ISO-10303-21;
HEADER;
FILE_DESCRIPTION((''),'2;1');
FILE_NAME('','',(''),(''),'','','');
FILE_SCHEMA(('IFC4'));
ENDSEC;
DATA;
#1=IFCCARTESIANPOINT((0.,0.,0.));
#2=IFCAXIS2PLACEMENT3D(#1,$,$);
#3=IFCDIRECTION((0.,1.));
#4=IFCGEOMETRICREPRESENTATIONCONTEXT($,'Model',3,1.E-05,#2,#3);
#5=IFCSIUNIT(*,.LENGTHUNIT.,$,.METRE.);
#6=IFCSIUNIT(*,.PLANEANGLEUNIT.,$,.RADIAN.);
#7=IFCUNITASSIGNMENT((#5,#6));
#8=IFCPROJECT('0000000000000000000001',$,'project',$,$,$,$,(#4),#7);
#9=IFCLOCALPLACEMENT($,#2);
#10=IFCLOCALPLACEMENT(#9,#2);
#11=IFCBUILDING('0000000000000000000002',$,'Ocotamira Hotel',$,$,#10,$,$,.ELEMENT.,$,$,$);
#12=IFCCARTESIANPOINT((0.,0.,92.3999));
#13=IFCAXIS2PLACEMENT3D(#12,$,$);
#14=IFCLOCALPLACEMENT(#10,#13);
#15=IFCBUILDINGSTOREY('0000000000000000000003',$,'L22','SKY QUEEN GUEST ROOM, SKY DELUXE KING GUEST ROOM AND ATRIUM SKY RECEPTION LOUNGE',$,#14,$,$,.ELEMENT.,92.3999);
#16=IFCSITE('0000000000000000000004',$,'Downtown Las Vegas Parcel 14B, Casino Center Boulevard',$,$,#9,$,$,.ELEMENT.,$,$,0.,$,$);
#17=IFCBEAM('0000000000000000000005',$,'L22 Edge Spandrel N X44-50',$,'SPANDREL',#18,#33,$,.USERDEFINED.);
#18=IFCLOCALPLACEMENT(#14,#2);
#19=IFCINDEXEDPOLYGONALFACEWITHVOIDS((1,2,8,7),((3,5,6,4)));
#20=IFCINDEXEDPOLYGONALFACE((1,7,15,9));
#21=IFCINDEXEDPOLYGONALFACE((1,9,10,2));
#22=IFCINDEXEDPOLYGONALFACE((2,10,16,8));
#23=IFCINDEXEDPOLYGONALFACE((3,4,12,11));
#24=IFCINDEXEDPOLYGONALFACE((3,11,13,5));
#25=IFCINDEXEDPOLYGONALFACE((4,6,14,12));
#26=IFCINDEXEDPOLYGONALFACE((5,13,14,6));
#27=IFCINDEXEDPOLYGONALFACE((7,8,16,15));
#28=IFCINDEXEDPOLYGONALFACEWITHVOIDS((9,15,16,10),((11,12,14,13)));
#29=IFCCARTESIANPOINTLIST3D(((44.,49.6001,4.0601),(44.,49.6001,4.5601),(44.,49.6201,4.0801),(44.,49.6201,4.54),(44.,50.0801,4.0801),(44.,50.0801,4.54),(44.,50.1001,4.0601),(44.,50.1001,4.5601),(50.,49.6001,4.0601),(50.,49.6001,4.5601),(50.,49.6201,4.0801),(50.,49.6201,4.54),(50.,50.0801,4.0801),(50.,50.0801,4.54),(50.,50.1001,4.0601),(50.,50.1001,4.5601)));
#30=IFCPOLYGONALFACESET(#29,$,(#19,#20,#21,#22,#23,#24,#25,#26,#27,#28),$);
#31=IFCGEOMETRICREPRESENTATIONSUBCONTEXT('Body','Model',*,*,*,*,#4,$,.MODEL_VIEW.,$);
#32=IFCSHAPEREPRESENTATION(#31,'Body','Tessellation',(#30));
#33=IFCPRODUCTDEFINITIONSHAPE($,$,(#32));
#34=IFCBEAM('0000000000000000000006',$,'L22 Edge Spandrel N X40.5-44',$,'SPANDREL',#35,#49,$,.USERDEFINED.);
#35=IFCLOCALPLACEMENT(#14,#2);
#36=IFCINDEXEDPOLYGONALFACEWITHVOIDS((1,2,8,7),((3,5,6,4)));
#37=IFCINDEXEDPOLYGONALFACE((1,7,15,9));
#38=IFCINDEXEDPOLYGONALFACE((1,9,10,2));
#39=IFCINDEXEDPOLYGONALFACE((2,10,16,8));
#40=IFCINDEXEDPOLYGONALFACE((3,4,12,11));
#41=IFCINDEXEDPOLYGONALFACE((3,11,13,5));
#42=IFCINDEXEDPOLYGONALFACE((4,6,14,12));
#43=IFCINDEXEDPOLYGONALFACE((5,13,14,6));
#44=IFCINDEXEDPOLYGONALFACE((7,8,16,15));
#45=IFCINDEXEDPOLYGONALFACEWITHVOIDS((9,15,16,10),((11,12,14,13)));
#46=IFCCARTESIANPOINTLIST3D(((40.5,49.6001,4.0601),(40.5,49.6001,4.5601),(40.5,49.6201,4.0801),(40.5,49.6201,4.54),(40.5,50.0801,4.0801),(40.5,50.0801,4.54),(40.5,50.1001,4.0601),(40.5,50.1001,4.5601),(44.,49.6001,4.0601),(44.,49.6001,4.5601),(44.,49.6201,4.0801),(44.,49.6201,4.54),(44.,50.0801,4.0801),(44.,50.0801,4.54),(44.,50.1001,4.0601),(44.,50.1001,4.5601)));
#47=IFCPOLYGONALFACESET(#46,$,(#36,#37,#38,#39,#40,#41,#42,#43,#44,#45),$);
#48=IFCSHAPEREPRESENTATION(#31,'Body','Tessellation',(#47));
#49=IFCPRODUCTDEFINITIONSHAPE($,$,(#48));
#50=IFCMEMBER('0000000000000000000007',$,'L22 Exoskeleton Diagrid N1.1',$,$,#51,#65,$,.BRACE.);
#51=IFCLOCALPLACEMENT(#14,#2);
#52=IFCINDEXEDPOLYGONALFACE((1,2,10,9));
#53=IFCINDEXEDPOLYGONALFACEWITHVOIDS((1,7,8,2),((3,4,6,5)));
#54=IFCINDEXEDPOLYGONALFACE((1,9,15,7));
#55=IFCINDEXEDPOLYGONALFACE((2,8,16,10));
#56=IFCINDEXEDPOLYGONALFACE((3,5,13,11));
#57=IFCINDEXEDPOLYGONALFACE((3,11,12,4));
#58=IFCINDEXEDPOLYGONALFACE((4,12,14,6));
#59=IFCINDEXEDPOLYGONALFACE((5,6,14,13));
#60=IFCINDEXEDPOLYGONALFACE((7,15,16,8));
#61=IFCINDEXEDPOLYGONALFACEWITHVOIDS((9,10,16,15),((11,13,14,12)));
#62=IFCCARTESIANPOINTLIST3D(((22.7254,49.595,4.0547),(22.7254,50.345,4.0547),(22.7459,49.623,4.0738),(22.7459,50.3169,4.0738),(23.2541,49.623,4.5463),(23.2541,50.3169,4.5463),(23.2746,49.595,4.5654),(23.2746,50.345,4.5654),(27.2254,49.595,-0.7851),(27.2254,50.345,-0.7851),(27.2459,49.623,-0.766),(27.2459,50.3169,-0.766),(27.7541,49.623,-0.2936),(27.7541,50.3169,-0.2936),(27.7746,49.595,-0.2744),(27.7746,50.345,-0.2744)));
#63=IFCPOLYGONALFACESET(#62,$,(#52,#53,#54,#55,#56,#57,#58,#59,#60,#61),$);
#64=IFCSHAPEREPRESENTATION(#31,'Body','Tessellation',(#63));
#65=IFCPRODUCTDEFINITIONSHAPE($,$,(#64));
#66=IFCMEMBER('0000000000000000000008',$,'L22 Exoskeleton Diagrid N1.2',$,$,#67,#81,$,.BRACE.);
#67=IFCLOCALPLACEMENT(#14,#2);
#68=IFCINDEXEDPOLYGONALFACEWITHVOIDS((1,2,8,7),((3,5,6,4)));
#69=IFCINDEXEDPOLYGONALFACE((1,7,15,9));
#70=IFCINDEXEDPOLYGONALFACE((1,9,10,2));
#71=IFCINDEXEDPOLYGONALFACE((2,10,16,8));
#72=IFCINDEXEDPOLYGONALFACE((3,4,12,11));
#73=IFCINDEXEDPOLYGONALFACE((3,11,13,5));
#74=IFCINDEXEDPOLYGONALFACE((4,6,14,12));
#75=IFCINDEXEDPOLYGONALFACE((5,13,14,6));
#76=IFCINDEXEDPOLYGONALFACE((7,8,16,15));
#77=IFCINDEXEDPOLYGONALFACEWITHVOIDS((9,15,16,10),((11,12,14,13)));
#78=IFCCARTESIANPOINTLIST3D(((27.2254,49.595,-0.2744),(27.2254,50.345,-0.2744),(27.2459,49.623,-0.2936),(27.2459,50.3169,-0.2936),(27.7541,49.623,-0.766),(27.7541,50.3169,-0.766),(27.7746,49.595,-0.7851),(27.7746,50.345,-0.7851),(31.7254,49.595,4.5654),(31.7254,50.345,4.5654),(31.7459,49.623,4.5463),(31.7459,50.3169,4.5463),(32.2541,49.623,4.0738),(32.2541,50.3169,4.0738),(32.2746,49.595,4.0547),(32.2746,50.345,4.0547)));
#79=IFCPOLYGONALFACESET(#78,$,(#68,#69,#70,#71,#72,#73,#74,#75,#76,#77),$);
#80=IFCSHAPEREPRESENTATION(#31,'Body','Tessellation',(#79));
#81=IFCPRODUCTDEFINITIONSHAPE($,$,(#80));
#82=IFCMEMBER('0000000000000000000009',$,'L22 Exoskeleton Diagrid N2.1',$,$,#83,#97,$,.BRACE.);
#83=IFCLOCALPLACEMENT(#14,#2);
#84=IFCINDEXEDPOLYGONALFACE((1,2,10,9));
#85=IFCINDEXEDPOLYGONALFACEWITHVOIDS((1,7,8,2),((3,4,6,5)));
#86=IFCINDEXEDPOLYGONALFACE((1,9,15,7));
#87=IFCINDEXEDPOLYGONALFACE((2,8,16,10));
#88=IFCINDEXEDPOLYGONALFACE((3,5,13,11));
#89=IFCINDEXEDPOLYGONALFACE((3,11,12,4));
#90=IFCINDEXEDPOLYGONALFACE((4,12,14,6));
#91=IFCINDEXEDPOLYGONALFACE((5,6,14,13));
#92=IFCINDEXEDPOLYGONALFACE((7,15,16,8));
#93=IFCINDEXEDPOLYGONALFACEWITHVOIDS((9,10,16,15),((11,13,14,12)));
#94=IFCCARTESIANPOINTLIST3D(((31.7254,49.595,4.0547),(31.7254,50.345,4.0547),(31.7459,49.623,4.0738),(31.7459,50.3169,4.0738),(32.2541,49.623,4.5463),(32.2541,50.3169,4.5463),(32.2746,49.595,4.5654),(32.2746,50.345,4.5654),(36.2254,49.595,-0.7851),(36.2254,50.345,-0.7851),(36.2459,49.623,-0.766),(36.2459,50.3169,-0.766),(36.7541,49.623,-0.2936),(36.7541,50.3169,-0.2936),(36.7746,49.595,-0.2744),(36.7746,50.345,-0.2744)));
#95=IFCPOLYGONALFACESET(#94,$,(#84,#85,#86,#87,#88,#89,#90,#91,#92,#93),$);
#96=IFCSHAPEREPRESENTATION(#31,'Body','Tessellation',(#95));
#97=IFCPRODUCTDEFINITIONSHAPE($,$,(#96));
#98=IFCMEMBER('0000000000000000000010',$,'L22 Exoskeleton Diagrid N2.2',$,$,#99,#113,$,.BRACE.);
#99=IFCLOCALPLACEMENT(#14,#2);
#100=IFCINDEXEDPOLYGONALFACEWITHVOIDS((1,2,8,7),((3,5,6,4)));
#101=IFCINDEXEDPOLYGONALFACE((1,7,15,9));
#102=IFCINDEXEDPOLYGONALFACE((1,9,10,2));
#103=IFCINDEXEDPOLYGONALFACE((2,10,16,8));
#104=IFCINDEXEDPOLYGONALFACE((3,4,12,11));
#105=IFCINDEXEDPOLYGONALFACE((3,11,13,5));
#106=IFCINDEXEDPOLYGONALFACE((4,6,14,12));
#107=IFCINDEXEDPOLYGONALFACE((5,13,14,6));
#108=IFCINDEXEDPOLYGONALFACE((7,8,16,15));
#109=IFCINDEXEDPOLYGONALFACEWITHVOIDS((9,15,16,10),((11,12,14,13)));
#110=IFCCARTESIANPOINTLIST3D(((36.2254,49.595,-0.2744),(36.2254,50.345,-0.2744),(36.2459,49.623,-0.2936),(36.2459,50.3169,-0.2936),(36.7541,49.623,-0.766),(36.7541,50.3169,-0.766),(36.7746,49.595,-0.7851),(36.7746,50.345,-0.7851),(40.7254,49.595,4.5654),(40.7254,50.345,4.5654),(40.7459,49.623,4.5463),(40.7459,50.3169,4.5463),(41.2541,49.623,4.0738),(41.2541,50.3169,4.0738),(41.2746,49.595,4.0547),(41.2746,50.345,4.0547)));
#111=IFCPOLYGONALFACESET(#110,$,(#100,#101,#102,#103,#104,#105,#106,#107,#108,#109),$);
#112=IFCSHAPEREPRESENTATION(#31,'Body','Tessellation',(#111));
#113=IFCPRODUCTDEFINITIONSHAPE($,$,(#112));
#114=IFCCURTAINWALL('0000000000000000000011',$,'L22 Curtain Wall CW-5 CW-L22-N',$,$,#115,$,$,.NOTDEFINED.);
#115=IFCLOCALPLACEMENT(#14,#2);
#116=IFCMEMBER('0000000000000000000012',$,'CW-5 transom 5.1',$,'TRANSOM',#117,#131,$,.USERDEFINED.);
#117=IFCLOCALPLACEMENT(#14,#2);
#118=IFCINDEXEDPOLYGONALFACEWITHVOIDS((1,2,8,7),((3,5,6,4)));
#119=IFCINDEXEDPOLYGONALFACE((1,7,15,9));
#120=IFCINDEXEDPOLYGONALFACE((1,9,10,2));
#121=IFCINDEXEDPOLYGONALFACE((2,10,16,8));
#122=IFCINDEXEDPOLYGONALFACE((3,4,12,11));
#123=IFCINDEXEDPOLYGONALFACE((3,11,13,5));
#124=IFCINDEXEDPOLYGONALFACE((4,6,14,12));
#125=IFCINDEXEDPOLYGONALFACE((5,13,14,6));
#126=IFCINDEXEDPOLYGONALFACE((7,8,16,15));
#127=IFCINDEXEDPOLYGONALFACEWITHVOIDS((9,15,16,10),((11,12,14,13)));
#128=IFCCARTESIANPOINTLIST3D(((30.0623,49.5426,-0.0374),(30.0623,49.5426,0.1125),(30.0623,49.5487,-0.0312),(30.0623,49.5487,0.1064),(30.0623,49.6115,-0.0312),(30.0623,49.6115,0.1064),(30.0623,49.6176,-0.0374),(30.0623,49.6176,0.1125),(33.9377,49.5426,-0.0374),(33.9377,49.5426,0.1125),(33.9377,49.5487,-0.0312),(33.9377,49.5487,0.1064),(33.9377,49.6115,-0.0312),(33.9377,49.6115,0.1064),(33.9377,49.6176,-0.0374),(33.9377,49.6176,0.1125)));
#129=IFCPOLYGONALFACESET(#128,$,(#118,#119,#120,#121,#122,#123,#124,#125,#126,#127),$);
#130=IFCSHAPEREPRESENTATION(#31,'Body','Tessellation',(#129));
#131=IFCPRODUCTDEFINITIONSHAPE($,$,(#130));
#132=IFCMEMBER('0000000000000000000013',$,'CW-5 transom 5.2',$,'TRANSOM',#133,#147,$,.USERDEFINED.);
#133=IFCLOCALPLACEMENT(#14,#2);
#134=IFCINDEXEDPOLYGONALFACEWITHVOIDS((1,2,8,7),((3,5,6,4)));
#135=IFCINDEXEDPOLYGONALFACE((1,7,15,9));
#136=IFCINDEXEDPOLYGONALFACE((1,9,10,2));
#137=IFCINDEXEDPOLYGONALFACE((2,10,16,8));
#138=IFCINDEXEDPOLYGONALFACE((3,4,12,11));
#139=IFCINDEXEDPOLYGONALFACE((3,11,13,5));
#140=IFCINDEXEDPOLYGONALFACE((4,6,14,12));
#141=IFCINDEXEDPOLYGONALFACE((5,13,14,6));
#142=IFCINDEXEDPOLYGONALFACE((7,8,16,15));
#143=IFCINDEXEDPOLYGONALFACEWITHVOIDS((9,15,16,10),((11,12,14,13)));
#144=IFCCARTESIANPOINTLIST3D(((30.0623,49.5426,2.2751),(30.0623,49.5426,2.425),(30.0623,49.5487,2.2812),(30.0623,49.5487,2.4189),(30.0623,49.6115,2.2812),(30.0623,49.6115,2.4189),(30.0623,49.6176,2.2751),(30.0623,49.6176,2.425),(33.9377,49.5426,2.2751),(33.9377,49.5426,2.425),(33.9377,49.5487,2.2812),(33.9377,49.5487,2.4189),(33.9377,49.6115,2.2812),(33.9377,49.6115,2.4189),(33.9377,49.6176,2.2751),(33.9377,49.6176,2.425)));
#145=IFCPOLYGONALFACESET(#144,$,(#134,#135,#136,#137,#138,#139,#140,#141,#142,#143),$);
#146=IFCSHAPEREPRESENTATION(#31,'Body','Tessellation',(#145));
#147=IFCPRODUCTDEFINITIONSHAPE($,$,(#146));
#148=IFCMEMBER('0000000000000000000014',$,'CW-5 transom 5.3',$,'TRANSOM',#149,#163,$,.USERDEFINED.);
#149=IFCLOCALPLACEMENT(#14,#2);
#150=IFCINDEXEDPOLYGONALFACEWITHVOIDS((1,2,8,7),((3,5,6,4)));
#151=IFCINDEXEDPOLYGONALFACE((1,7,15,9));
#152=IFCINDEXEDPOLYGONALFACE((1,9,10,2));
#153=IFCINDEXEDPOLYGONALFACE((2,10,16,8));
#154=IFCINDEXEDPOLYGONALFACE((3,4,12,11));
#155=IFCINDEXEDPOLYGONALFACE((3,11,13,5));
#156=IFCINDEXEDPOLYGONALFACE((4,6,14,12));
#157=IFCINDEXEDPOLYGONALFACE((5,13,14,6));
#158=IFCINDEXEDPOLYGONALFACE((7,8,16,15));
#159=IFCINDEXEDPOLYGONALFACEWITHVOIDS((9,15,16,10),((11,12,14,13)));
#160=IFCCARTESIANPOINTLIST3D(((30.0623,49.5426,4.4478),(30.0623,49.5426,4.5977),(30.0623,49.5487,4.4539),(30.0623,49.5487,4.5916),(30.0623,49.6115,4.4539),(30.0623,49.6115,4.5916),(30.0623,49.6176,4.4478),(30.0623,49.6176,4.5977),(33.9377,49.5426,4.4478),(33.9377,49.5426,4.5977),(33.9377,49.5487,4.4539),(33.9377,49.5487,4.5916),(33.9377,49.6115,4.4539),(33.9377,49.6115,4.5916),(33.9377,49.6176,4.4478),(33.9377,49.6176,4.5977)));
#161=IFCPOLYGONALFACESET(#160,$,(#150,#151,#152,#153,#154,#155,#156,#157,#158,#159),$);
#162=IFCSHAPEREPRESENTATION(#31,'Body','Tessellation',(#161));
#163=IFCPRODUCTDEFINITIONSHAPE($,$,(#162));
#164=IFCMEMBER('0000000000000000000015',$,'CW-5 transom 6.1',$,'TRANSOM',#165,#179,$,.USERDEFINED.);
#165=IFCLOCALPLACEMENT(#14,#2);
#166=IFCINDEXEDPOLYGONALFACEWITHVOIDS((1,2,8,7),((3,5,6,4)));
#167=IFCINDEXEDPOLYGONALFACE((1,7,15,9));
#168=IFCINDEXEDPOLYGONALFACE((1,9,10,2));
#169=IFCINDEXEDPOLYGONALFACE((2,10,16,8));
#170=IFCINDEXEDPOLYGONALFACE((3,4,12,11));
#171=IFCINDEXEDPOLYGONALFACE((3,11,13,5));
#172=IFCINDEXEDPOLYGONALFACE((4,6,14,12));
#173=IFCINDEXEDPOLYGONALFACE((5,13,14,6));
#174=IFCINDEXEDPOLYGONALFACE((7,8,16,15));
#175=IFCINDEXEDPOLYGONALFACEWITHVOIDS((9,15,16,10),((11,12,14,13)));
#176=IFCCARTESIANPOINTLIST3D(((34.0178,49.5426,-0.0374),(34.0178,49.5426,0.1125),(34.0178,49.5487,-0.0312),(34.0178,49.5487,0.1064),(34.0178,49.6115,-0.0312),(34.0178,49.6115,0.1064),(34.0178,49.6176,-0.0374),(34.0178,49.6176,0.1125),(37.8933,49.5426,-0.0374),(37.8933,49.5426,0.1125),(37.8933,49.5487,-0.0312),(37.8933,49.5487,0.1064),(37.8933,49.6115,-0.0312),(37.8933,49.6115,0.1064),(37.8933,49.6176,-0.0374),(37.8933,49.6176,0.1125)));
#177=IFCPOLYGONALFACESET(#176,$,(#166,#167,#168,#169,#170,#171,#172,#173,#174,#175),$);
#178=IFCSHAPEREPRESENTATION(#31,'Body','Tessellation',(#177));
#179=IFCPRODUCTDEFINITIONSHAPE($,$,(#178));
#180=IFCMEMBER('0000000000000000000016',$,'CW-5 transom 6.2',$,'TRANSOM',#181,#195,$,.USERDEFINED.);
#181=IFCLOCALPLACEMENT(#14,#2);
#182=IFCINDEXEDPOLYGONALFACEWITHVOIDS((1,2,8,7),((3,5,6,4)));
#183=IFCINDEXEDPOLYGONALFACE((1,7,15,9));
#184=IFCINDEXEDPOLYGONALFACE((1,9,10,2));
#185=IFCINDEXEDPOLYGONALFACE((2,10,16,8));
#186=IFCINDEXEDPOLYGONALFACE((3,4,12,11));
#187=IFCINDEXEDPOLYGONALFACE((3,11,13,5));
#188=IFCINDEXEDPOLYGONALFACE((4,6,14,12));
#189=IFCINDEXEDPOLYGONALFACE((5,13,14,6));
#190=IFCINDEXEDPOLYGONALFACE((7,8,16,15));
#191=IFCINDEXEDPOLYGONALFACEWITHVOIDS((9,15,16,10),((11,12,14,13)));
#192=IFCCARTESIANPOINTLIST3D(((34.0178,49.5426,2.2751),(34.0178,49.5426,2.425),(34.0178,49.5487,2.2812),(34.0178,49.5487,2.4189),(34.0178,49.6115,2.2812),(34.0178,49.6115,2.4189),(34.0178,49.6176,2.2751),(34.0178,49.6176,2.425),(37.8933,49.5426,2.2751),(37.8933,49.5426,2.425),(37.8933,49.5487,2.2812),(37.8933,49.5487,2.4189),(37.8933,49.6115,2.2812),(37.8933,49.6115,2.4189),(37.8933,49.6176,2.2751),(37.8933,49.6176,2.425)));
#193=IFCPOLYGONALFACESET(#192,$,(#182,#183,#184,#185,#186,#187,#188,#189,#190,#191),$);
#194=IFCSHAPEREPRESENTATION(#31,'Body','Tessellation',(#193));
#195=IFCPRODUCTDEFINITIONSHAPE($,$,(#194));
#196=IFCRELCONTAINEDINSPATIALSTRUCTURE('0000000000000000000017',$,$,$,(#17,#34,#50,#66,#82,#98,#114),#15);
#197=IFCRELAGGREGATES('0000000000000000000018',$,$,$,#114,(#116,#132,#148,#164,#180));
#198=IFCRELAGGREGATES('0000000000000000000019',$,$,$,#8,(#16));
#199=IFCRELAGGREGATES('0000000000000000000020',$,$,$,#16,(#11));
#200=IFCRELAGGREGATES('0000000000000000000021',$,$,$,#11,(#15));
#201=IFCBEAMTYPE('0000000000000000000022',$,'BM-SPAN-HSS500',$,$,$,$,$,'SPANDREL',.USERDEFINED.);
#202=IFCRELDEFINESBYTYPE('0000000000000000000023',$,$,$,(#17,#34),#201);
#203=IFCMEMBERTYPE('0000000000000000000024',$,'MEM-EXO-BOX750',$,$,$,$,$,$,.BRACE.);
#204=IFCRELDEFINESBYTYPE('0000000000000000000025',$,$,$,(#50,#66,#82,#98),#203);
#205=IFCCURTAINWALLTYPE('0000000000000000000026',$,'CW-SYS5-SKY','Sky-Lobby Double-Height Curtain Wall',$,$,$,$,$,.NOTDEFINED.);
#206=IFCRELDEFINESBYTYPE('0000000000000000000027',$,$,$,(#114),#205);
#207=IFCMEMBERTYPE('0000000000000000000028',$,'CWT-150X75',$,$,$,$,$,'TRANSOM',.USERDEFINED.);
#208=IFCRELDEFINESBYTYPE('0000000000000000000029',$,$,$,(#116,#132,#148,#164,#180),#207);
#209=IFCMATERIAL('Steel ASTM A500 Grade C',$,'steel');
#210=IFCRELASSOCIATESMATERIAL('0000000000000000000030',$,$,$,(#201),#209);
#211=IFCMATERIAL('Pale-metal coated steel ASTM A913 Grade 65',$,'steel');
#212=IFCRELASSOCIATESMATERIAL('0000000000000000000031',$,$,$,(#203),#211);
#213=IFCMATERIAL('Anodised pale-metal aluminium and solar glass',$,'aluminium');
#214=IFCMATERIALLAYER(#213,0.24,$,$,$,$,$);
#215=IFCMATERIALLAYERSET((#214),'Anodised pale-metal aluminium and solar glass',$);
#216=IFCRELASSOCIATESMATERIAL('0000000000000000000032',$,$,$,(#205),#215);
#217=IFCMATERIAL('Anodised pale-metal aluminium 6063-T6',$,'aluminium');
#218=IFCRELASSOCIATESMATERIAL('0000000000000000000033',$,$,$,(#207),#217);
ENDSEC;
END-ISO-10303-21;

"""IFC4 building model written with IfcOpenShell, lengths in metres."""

from ifc_helpers import new_model, si_unit, direction, frame, origin, origin_2d, place, context, subcontext, project, spatial, hollow_rectangle, extrude, source, transform, mapped, material, layer, layer_set, material_profile, profile_set, type_object, element, aggregate, save


model = new_model("IFC4")

# Units and contexts
model_context = context("Model", 3, precision=1e-05, world=origin(), true_north=direction((0.0, 1.0)))
body_context = subcontext(model_context, "Body", "Model", "MODEL_VIEW")
ifc_project = project(units=[si_unit("LENGTHUNIT", "METRE"), si_unit("PLANEANGLEUNIT", "RADIAN")], contexts=[model_context])

# Site, building, storey
site_placement = place(None, origin())
site = spatial("IfcSite", under=ifc_project, at=site_placement, Name="Downtown Las Vegas Parcel 14B, Casino Center Boulevard", CompositionType="ELEMENT", RefElevation=0.0)
building_placement = place(site_placement, origin())
building = spatial("IfcBuilding", under=site, at=building_placement, Name="Ocotamira Hotel", CompositionType="ELEMENT")
storey_placement = place(building_placement, frame((0.0, 0.0, 92.3999)))
storey = spatial("IfcBuildingStorey", under=building, at=storey_placement, Name="L22", Description="SKY QUEEN GUEST ROOM, SKY DELUXE KING GUEST ROOM AND ATRIUM SKY RECEPTION LOUNGE", CompositionType="ELEMENT", Elevation=92.3999)

# Beams
ifc_material_1 = material(Name="Steel ASTM A500 Grade C", Category="steel")
ifc_material_profile_1 = material_profile(ifc_material_1, hollow_rectangle(XDim=0.5, YDim=0.5, WallThickness=0.02, at=origin_2d()), Name="HSS500X500X20")
ifc_profile_set_1 = profile_set([ifc_material_profile_1], Name="Steel ASTM A500 Grade C")
beam_type = type_object("IfcBeamType", Name="BM-SPAN-HSS500", ElementType="SPANDREL", PredefinedType="USERDEFINED", material=ifc_profile_set_1)
shared_shape_1 = source(origin(), body_context, "Body", "SweptSolid", [
    extrude(hollow_rectangle(XDim=0.5, YDim=0.5, WallThickness=0.02, at=origin_2d()), origin(), (0.0, 0.0, 1.0), 6.0),
])
beam_1_placement = place(storey_placement, frame((44.0, 49.8501, 4.3101), z_axis=(1.0, 0.0, 0.0), x_axis=(0.0, 1.0, 0.0)))
element("IfcBeam", 1, at=beam_1_placement, inside=storey, type_object=beam_type, Name="L22 Edge Spandrel N X44-50", ObjectType="SPANDREL", PredefinedType="USERDEFINED", context=body_context, shape_type="MappedRepresentation", body=[
    mapped(shared_shape_1, transform((0.0, 0.0, 0.0), scale=1.0)),
])
shared_shape_2 = source(origin(), body_context, "Body", "SweptSolid", [
    extrude(hollow_rectangle(XDim=0.5, YDim=0.5, WallThickness=0.02, at=origin_2d()), origin(), (0.0, 0.0, 1.0), 3.5),
])
beam_2_placement = place(storey_placement, frame((40.5, 49.8501, 4.3101), z_axis=(1.0, 0.0, 0.0), x_axis=(0.0, 1.0, 0.0)))
element("IfcBeam", 2, at=beam_2_placement, inside=storey, type_object=beam_type, Name="L22 Edge Spandrel N X40.5-44", ObjectType="SPANDREL", PredefinedType="USERDEFINED", context=body_context, shape_type="MappedRepresentation", body=[
    mapped(shared_shape_2, transform((0.0, 0.0, 0.0), scale=1.0)),
])

# Members
ifc_material_2 = material(Name="Pale-metal coated steel ASTM A913 Grade 65", Category="steel")
ifc_material_profile_2 = material_profile(ifc_material_2, hollow_rectangle(XDim=0.75, YDim=0.75, WallThickness=0.0281, at=origin_2d()), Name="BOX750X750X28")
ifc_profile_set_2 = profile_set([ifc_material_profile_2], Name="Pale-metal coated steel ASTM A913 Grade 65")
member_type_1 = type_object("IfcMemberType", Name="MEM-EXO-BOX750", PredefinedType="BRACE", material=ifc_profile_set_2)
shared_shape_3 = source(origin(), body_context, "Body", "SweptSolid", [
    extrude(hollow_rectangle(XDim=0.75, YDim=0.75, WallThickness=0.0281, at=origin_2d()), origin(), (0.0, 0.0, 1.0), 6.6086),
])
for number, where, z_axis, x_axis, name in (
    (3, (27.5, 49.97, -0.5298), (-0.680927, 0.0, 0.732351), (0.0, -1.0, 0.0), "L22 Exoskeleton Diagrid N1.1"),
    (4, (27.5, 49.97, -0.5298), (0.680927, 0.0, 0.732351), (0.0, 1.0, 0.0), "L22 Exoskeleton Diagrid N1.2"),
    (5, (36.5, 49.97, -0.5298), (-0.680927, 0.0, 0.732351), (0.0, -1.0, 0.0), "L22 Exoskeleton Diagrid N2.1"),
    (6, (36.5, 49.97, -0.5298), (0.680927, 0.0, 0.732351), (0.0, 1.0, 0.0), "L22 Exoskeleton Diagrid N2.2"),
):
    element("IfcMember", number, at=place(storey_placement, frame(where, z_axis=z_axis, x_axis=x_axis)), inside=storey, type_object=member_type_1, Name=name, PredefinedType="BRACE", context=body_context, shape_type="MappedRepresentation", body=[
        mapped(shared_shape_3, transform((0.0, 0.0, 0.0), scale=1.0)),
    ])

# Curtain wall, members
ifc_material_3 = material(Name="Anodised pale-metal aluminium and solar glass", Category="aluminium")
ifc_layer_1 = layer(ifc_material_3, 0.24)
ifc_layer_set_1 = layer_set([ifc_layer_1], Name="Anodised pale-metal aluminium and solar glass")
curtain_wall_type = type_object("IfcCurtainWallType", Name="CW-SYS5-SKY", Description="Sky-Lobby Double-Height Curtain Wall", PredefinedType="NOTDEFINED", material=ifc_layer_set_1)
curtain_wall_placement = place(storey_placement, origin())
curtain_wall = element("IfcCurtainWall", 7, at=curtain_wall_placement, inside=storey, type_object=curtain_wall_type, Name="L22 Curtain Wall CW-5 CW-L22-N", PredefinedType="NOTDEFINED")
ifc_material_4 = material(Name="Anodised pale-metal aluminium 6063-T6", Category="aluminium")
ifc_material_profile_3 = material_profile(ifc_material_4, hollow_rectangle(XDim=0.075, YDim=0.1499, WallThickness=0.0061, at=origin_2d()), Name="HSS150X75X6")
ifc_profile_set_3 = profile_set([ifc_material_profile_3], Name="Anodised pale-metal aluminium 6063-T6")
member_type_2 = type_object("IfcMemberType", Name="CWT-150X75", ElementType="TRANSOM", PredefinedType="USERDEFINED", material=ifc_profile_set_3)
shared_shape_4 = source(origin(), body_context, "Body", "SweptSolid", [
    extrude(hollow_rectangle(XDim=0.075, YDim=0.1499, WallThickness=0.0061, at=origin_2d()), origin(), (0.0, 0.0, 1.0), 3.8755),
])
member_1_placement = place(storey_placement, frame((30.0623, 49.5801, 0.0376), z_axis=(1.0, 0.0, 0.0), x_axis=(0.0, 1.0, 0.0)))
member_1 = element("IfcMember", 8, at=member_1_placement, type_object=member_type_2, Name="CW-5 transom 5.1", ObjectType="TRANSOM", PredefinedType="USERDEFINED", context=body_context, shape_type="MappedRepresentation", body=[
    mapped(shared_shape_4, transform((0.0, 0.0, 0.0), scale=1.0)),
])
member_2_placement = place(storey_placement, frame((30.0623, 49.5801, 2.3501), z_axis=(1.0, 0.0, 0.0), x_axis=(0.0, 1.0, 0.0)))
member_2 = element("IfcMember", 9, at=member_2_placement, type_object=member_type_2, Name="CW-5 transom 5.2", ObjectType="TRANSOM", PredefinedType="USERDEFINED", context=body_context, shape_type="MappedRepresentation", body=[
    mapped(shared_shape_4, transform((0.0, 0.0, 0.0), scale=1.0)),
])
member_3_placement = place(storey_placement, frame((30.0623, 49.5801, 4.5227), z_axis=(1.0, 0.0, 0.0), x_axis=(0.0, 1.0, 0.0)))
member_3 = element("IfcMember", 10, at=member_3_placement, type_object=member_type_2, Name="CW-5 transom 5.3", ObjectType="TRANSOM", PredefinedType="USERDEFINED", context=body_context, shape_type="MappedRepresentation", body=[
    mapped(shared_shape_4, transform((0.0, 0.0, 0.0), scale=1.0)),
])
member_4_placement = place(storey_placement, frame((34.0178, 49.5801, 0.0376), z_axis=(1.0, 0.0, 0.0), x_axis=(0.0, 1.0, 0.0)))
member_4 = element("IfcMember", 11, at=member_4_placement, type_object=member_type_2, Name="CW-5 transom 6.1", ObjectType="TRANSOM", PredefinedType="USERDEFINED", context=body_context, shape_type="MappedRepresentation", body=[
    mapped(shared_shape_4, transform((0.0, 0.0, 0.0), scale=1.0)),
])
member_5_placement = place(storey_placement, frame((34.0178, 49.5801, 2.3501), z_axis=(1.0, 0.0, 0.0), x_axis=(0.0, 1.0, 0.0)))
member_5 = element("IfcMember", 12, at=member_5_placement, type_object=member_type_2, Name="CW-5 transom 6.2", ObjectType="TRANSOM", PredefinedType="USERDEFINED", context=body_context, shape_type="MappedRepresentation", body=[
    mapped(shared_shape_4, transform((0.0, 0.0, 0.0), scale=1.0)),
])

aggregate(curtain_wall, [member_1, member_2, member_3, member_4, member_5])

save(model, "model.ifc")
